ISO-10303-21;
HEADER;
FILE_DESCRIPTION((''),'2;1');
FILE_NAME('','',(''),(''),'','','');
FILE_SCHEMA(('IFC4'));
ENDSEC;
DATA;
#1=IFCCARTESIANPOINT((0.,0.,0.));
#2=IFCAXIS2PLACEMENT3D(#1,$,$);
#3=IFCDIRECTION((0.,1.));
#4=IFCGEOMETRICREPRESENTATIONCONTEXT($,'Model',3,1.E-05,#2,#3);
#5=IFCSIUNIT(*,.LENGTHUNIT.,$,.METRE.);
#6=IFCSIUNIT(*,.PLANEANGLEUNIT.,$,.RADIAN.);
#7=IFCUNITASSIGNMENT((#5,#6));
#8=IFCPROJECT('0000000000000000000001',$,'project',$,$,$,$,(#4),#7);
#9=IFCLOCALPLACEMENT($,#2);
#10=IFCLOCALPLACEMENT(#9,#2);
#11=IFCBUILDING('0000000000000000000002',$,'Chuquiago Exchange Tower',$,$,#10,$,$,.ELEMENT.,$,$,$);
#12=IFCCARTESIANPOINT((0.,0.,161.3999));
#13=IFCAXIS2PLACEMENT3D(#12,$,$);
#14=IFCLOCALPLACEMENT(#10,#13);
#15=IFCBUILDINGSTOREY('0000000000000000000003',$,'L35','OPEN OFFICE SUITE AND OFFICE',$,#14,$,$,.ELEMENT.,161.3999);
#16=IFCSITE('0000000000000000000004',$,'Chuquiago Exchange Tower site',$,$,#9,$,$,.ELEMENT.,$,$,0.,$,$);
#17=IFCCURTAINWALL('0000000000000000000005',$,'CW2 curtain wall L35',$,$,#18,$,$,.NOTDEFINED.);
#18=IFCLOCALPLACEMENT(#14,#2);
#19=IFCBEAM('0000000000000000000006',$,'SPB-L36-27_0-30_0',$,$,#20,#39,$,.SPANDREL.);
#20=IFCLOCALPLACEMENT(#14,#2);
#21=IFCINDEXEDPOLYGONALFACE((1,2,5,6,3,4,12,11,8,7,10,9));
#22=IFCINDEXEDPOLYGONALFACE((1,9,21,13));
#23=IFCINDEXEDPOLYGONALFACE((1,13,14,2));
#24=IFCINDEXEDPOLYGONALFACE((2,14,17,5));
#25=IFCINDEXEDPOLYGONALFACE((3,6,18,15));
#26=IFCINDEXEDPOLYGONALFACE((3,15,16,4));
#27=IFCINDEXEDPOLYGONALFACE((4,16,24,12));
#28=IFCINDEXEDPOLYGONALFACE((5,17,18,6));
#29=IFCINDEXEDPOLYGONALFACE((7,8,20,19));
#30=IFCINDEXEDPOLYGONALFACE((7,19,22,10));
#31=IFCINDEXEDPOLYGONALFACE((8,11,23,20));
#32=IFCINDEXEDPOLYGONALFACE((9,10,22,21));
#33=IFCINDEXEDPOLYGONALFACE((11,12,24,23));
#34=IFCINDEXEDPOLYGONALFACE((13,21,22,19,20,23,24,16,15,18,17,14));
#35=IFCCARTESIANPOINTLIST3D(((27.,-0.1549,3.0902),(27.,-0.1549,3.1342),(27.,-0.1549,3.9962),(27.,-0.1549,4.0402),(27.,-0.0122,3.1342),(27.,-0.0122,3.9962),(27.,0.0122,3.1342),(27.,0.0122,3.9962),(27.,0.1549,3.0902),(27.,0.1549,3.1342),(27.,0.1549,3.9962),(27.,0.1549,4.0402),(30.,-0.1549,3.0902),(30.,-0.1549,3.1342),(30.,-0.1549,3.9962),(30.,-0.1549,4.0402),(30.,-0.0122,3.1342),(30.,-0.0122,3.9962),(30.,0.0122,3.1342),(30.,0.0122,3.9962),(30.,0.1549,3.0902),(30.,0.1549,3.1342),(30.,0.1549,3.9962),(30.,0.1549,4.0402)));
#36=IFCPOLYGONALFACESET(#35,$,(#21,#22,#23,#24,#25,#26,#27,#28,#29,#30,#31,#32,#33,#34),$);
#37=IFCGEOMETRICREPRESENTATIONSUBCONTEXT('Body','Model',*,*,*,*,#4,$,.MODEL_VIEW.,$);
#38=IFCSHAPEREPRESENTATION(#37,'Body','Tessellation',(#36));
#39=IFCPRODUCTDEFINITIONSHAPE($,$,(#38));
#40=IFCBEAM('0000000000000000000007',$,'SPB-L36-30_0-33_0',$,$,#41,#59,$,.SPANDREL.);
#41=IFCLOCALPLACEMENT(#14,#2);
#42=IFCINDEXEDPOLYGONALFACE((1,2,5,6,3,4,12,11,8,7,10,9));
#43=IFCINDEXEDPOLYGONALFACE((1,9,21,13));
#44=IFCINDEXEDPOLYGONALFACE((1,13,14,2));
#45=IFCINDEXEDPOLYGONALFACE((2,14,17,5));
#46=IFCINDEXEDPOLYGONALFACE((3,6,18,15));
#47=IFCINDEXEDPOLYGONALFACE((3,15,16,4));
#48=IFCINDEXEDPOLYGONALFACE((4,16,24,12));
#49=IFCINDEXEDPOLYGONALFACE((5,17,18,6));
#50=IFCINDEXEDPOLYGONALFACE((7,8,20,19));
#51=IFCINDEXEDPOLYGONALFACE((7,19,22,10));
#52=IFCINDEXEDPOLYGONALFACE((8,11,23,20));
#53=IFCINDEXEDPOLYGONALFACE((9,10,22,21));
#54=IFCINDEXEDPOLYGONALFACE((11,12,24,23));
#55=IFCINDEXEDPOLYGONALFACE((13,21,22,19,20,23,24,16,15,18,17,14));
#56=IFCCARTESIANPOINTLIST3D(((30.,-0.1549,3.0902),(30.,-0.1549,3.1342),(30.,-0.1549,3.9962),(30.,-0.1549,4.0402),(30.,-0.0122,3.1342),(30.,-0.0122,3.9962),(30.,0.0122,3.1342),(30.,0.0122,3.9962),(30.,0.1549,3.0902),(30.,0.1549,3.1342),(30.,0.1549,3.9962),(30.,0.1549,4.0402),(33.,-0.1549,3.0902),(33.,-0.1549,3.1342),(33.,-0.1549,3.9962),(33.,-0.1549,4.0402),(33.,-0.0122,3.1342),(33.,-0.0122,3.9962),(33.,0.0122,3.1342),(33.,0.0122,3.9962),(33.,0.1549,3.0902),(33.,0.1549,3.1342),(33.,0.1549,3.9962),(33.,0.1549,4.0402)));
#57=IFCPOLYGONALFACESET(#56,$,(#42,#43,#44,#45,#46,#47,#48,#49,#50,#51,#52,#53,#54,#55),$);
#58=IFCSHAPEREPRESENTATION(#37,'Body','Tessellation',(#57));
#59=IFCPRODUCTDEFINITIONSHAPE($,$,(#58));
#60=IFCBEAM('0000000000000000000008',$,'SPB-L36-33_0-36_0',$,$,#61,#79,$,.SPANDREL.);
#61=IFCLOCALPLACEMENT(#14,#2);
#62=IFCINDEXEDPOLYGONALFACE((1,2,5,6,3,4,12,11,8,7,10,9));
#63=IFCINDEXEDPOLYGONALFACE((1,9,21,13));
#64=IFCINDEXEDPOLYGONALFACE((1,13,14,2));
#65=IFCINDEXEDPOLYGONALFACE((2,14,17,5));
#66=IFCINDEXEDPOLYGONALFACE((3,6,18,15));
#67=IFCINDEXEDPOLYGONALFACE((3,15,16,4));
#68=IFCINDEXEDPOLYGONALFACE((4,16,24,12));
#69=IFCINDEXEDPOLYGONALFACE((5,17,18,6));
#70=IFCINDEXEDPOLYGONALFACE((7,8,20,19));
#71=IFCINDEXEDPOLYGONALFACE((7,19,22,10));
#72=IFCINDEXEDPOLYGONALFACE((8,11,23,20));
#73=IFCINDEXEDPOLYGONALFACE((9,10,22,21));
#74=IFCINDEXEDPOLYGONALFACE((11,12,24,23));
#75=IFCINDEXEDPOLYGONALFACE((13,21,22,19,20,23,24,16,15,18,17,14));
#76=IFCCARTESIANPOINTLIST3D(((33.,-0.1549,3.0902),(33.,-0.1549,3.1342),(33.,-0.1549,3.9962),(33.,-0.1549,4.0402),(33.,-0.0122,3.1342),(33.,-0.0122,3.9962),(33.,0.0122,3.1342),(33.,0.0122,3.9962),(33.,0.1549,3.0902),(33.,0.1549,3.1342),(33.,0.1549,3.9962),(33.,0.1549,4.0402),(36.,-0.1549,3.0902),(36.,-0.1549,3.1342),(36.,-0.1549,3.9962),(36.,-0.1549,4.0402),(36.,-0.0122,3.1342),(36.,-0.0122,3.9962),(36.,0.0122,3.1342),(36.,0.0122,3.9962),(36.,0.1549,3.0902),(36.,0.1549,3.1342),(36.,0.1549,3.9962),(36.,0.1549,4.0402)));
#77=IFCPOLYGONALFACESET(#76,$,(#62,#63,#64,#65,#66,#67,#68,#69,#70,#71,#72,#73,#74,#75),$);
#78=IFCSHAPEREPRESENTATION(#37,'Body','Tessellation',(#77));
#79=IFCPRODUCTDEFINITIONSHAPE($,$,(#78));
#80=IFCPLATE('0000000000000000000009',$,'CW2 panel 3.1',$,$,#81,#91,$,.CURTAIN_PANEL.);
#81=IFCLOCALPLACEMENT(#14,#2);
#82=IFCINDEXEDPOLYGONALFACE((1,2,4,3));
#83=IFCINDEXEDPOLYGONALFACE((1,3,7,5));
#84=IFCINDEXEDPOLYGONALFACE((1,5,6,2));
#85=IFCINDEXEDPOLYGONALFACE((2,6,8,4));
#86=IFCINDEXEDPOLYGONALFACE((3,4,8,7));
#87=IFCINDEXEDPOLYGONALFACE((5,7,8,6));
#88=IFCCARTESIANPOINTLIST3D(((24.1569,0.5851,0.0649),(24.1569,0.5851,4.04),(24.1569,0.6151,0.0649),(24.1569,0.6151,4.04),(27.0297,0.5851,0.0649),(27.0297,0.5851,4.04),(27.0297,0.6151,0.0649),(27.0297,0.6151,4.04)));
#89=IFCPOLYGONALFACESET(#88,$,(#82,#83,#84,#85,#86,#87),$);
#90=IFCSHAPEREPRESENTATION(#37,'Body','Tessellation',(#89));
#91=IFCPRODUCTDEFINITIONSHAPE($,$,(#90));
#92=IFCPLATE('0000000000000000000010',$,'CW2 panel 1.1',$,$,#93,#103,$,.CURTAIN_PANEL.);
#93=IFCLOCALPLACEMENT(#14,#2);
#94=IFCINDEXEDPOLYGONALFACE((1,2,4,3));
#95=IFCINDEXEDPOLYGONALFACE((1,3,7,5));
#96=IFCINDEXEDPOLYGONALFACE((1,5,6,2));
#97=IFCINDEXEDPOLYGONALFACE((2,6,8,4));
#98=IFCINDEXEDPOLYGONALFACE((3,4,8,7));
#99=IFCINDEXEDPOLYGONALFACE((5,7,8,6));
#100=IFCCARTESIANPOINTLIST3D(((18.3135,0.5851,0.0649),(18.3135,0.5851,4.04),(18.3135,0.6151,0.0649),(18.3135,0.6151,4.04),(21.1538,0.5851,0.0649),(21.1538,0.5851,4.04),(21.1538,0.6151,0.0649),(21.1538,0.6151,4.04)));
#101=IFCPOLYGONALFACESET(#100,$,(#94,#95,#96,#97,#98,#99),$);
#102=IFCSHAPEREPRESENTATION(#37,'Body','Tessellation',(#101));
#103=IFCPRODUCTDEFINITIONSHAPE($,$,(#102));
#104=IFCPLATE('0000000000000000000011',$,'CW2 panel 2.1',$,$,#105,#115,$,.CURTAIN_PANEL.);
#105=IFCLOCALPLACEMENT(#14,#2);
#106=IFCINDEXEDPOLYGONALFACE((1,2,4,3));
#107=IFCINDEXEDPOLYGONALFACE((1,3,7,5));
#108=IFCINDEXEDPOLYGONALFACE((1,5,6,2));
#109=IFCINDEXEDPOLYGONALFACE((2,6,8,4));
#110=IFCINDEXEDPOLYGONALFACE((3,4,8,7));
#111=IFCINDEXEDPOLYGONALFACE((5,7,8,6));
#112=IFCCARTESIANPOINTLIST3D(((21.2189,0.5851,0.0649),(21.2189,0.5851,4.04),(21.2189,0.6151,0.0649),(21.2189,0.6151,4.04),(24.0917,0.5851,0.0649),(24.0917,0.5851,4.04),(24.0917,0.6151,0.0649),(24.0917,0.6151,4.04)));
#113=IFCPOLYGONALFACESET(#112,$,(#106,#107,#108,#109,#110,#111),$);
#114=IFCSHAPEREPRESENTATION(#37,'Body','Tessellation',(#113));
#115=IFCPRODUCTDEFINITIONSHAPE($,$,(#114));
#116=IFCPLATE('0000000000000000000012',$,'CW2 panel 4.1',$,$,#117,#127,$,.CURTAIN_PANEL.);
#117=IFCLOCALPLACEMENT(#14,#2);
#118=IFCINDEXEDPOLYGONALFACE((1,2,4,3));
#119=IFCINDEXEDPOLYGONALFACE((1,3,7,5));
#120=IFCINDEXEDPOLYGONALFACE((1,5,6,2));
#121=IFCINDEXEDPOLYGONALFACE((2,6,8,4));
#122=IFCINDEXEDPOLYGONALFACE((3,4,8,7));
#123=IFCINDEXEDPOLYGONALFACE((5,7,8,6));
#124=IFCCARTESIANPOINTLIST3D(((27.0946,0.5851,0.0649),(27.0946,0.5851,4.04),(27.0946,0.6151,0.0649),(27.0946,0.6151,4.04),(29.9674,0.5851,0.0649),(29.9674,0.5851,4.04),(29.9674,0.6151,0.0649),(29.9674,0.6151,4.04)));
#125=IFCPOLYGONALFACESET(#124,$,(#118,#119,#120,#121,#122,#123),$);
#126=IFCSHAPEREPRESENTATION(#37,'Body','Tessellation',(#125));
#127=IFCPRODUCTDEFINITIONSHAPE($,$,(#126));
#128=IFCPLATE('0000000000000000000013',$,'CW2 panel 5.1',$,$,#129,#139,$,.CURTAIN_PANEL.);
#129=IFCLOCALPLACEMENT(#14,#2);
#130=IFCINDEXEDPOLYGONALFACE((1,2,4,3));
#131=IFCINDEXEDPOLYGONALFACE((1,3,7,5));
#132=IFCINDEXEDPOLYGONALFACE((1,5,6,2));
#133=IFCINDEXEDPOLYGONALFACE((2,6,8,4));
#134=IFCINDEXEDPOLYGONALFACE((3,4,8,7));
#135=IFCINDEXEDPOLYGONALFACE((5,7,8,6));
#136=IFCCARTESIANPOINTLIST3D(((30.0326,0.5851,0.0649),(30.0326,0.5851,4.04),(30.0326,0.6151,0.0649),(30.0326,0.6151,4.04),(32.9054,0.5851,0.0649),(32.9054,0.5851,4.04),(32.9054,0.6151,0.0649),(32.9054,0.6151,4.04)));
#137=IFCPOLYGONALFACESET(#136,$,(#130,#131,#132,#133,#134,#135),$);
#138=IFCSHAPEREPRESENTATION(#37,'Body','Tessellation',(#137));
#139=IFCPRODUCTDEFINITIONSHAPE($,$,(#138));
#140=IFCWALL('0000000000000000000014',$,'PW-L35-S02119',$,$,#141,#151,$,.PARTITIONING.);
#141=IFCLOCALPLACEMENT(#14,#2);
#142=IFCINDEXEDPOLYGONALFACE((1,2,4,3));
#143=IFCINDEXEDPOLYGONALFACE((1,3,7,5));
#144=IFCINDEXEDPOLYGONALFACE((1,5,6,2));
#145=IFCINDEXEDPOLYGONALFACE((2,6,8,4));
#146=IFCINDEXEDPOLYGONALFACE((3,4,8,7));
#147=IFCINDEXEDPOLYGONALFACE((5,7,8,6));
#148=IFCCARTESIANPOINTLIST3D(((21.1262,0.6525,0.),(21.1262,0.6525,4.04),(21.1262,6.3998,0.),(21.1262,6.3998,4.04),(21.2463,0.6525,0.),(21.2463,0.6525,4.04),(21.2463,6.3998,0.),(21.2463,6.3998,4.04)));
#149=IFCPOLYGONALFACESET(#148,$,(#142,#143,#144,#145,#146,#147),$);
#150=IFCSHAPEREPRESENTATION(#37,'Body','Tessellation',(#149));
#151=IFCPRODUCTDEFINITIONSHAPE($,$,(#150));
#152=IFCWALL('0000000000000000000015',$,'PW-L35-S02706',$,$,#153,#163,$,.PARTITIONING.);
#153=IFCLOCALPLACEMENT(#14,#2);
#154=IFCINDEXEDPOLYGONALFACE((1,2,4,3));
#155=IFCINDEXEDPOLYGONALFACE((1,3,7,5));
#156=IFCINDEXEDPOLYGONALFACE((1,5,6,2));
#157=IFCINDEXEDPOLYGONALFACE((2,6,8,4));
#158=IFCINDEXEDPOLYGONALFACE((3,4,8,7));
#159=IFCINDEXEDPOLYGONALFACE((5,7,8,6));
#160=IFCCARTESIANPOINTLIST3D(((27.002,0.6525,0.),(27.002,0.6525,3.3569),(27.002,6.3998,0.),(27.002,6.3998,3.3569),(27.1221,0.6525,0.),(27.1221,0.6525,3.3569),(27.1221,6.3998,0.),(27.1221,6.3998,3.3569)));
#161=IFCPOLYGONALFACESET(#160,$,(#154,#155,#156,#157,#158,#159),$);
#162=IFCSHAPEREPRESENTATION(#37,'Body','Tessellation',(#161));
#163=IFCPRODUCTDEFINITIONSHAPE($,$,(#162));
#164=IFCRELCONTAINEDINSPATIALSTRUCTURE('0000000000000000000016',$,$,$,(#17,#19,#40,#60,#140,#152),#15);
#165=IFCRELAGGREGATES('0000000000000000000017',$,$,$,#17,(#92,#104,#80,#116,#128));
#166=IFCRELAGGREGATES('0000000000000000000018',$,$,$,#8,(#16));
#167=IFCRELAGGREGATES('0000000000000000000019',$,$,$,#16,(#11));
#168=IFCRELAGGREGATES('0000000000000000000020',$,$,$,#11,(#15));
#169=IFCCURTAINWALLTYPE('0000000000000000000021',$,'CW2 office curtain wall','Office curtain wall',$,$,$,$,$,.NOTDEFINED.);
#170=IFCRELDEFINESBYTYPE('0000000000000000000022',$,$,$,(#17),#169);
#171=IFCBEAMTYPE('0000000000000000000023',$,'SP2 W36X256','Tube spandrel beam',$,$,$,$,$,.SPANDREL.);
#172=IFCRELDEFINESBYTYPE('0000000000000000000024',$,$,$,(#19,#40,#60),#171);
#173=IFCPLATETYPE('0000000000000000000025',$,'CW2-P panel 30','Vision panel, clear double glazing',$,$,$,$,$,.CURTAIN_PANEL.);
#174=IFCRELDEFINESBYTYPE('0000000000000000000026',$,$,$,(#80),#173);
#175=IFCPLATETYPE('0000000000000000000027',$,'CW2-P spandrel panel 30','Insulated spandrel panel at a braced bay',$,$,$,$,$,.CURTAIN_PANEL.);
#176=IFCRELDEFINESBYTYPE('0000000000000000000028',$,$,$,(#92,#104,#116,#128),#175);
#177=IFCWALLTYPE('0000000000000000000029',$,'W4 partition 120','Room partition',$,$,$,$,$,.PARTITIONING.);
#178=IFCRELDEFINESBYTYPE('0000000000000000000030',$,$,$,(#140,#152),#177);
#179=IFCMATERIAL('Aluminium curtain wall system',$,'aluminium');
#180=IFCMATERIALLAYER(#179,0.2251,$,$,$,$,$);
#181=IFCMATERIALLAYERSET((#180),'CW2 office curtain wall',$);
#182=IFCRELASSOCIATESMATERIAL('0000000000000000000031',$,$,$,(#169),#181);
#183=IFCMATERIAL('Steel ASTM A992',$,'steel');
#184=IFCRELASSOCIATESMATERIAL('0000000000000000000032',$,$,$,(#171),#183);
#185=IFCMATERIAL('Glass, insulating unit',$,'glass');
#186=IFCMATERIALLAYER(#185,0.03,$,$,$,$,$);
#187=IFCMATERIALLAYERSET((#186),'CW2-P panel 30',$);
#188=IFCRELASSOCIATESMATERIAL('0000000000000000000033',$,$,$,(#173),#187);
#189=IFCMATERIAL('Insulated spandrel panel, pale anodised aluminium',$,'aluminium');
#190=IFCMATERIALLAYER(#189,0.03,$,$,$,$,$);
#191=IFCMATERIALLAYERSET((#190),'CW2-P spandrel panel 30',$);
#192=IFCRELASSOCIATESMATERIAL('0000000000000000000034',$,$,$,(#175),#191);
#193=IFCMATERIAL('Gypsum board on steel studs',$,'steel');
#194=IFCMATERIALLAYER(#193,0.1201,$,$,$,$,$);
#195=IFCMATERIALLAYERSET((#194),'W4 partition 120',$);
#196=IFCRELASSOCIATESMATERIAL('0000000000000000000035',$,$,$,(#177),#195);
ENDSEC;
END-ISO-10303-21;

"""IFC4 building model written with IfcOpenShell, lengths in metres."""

from ifc_helpers import new_model, si_unit, direction, frame, frame_2d, origin, origin_2d, place, context, subcontext, project, spatial, rectangle, i_section, extrude, material, layer, layer_set, material_profile, profile_set, type_object, element, aggregate, save


model = new_model("IFC4")

# Units and contexts
model_context = context("Model", 3, precision=1e-05, world=origin(), true_north=direction((0.0, 1.0)))
body_context = subcontext(model_context, "Body", "Model", "MODEL_VIEW")
ifc_project = project(units=[si_unit("LENGTHUNIT", "METRE"), si_unit("PLANEANGLEUNIT", "RADIAN")], contexts=[model_context])

# Site, building, storey
site_placement = place(None, origin())
site = spatial("IfcSite", under=ifc_project, at=site_placement, Name="Chuquiago Exchange Tower site", CompositionType="ELEMENT", RefElevation=0.0)
building_placement = place(site_placement, origin())
building = spatial("IfcBuilding", under=site, at=building_placement, Name="Chuquiago Exchange Tower", CompositionType="ELEMENT")
storey_placement = place(building_placement, frame((0.0, 0.0, 161.3999)))
storey = spatial("IfcBuildingStorey", under=building, at=storey_placement, Name="L35", Description="OPEN OFFICE SUITE AND OFFICE", CompositionType="ELEMENT", Elevation=161.3999)

# Curtain wall
ifc_material_1 = material(Name="Aluminium curtain wall system", Category="aluminium")
ifc_layer_1 = layer(ifc_material_1, 0.2251)
ifc_layer_set_1 = layer_set([ifc_layer_1], Name="CW2 office curtain wall")
curtain_wall_type_1 = type_object("IfcCurtainWallType", Name="CW2 office curtain wall", Description="Office curtain wall", PredefinedType="NOTDEFINED", material=ifc_layer_set_1)
curtain_wall_1_placement = place(storey_placement, origin())
curtain_wall_1 = element("IfcCurtainWall", 1, at=curtain_wall_1_placement, inside=storey, type_object=curtain_wall_type_1, Name="CW2 curtain wall L35", PredefinedType="NOTDEFINED")

# Beams
ifc_material_2 = material(Name="Steel ASTM A992", Category="steel")
ifc_material_profile_1 = material_profile(ifc_material_2, i_section(OverallWidth=0.3098, OverallDepth=0.95, WebThickness=0.0244, FlangeThickness=0.0439, at=origin_2d()), Name="W36X256")
ifc_profile_set_1 = profile_set([ifc_material_profile_1], Name="Steel ASTM A992")
beam_type = type_object("IfcBeamType", Name="SP2 W36X256", Description="Tube spandrel beam", PredefinedType="SPANDREL", material=ifc_profile_set_1)
for number, where, z_axis, x_axis, name in (
    (2, (27.0, 0.0, 3.5652), (1.0, 0.0, 0.0), (0.0, 1.0, 0.0), "SPB-L36-27_0-30_0"),
    (3, (30.0, 0.0, 3.5652), (1.0, 0.0, 0.0), (0.0, 1.0, 0.0), "SPB-L36-30_0-33_0"),
    (4, (33.0, 0.0, 3.5652), (1.0, 0.0, 0.0), (0.0, 1.0, 0.0), "SPB-L36-33_0-36_0"),
):
    element("IfcBeam", number, at=place(storey_placement, frame(where, z_axis=z_axis, x_axis=x_axis)), inside=storey, type_object=beam_type, Name=name, PredefinedType="SPANDREL", context=body_context, shape_type="SweptSolid", body=[
        extrude(i_section(OverallWidth=0.3098, OverallDepth=0.95, WebThickness=0.0244, FlangeThickness=0.0439, at=origin_2d()), origin(), (0.0, 0.0, 1.0), 3.0),
    ])

# Plates
ifc_material_3 = material(Name="Glass, insulating unit", Category="glass")
ifc_layer_2 = layer(ifc_material_3, 0.03)
ifc_layer_set_2 = layer_set([ifc_layer_2], Name="CW2-P panel 30")
plate_type_1 = type_object("IfcPlateType", Name="CW2-P panel 30", Description="Vision panel, clear double glazing", PredefinedType="CURTAIN_PANEL", material=ifc_layer_set_2)
plate_1_placement = place(storey_placement, frame((25.5933, 0.6001, 0.0649), z_axis=(0.0, 0.0, 1.0), x_axis=(1.0, 0.0, 0.0)))
plate_1 = element("IfcPlate", 5, at=plate_1_placement, type_object=plate_type_1, Name="CW2 panel 3.1", PredefinedType="CURTAIN_PANEL", context=body_context, shape_type="SweptSolid", body=[
    extrude(rectangle(XDim=2.8728, YDim=0.03, at=origin_2d()), origin(), (0.0, 0.0, 1.0), 3.9751),
])
ifc_material_4 = material(Name="Insulated spandrel panel, pale anodised aluminium", Category="aluminium")
ifc_layer_3 = layer(ifc_material_4, 0.03)
ifc_layer_set_3 = layer_set([ifc_layer_3], Name="CW2-P spandrel panel 30")
plate_type_2 = type_object("IfcPlateType", Name="CW2-P spandrel panel 30", Description="Insulated spandrel panel at a braced bay", PredefinedType="CURTAIN_PANEL", material=ifc_layer_set_3)
plate_2_placement = place(storey_placement, frame((19.7336, 0.6001, 0.0649), z_axis=(0.0, 0.0, 1.0), x_axis=(1.0, 0.0, 0.0)))
plate_2 = element("IfcPlate", 6, at=plate_2_placement, type_object=plate_type_2, Name="CW2 panel 1.1", PredefinedType="CURTAIN_PANEL", context=body_context, shape_type="SweptSolid", body=[
    extrude(rectangle(XDim=2.8403, YDim=0.03, at=origin_2d()), origin(), (0.0, 0.0, 1.0), 3.9751),
])
plate_3_placement = place(storey_placement, frame((22.6553, 0.6001, 0.0649), z_axis=(0.0, 0.0, 1.0), x_axis=(1.0, 0.0, 0.0)))
plate_3 = element("IfcPlate", 7, at=plate_3_placement, type_object=plate_type_2, Name="CW2 panel 2.1", PredefinedType="CURTAIN_PANEL", context=body_context, shape_type="SweptSolid", body=[
    extrude(rectangle(XDim=2.8728, YDim=0.03, at=origin_2d()), origin(), (0.0, 0.0, 1.0), 3.9751),
])
plate_4_placement = place(storey_placement, frame((28.531, 0.6001, 0.0649), z_axis=(0.0, 0.0, 1.0), x_axis=(1.0, 0.0, 0.0)))
plate_4 = element("IfcPlate", 8, at=plate_4_placement, type_object=plate_type_2, Name="CW2 panel 4.1", PredefinedType="CURTAIN_PANEL", context=body_context, shape_type="SweptSolid", body=[
    extrude(rectangle(XDim=2.8728, YDim=0.03, at=origin_2d()), origin(), (0.0, 0.0, 1.0), 3.9751),
])
plate_5_placement = place(storey_placement, frame((31.469, 0.6001, 0.0649), z_axis=(0.0, 0.0, 1.0), x_axis=(1.0, 0.0, 0.0)))
plate_5 = element("IfcPlate", 9, at=plate_5_placement, type_object=plate_type_2, Name="CW2 panel 5.1", PredefinedType="CURTAIN_PANEL", context=body_context, shape_type="SweptSolid", body=[
    extrude(rectangle(XDim=2.8728, YDim=0.03, at=origin_2d()), origin(), (0.0, 0.0, 1.0), 3.9751),
])
aggregate(curtain_wall_1, [plate_2, plate_3, plate_1, plate_4, plate_5])

# Walls
ifc_material_5 = material(Name="Gypsum board on steel studs", Category="steel")
ifc_layer_4 = layer(ifc_material_5, 0.1201)
ifc_layer_set_4 = layer_set([ifc_layer_4], Name="W4 partition 120")
wall_type = type_object("IfcWallType", Name="W4 partition 120", Description="Room partition", PredefinedType="PARTITIONING", material=ifc_layer_set_4)
wall_1_placement = place(storey_placement, frame((21.1863, 0.6526, 0.0), z_axis=(0.0, 0.0, 1.0), x_axis=(0.0, 1.0, 0.0)))
element("IfcWall", 10, at=wall_1_placement, inside=storey, type_object=wall_type, Name="PW-L35-S02119", PredefinedType="PARTITIONING", context=body_context, shape_type="SweptSolid", body=[
    extrude(rectangle(XDim=5.7473, YDim=0.1201, at=frame_2d((2.8735, 0.0))), origin(), (0.0, 0.0, 1.0), 4.04),
])
wall_2_placement = place(storey_placement, frame((27.062, 0.6526, 0.0), z_axis=(0.0, 0.0, 1.0), x_axis=(0.0, 1.0, 0.0)))
element("IfcWall", 11, at=wall_2_placement, inside=storey, type_object=wall_type, Name="PW-L35-S02706", PredefinedType="PARTITIONING", context=body_context, shape_type="SweptSolid", body=[
    extrude(rectangle(XDim=5.7473, YDim=0.1201, at=frame_2d((2.8735, 0.0))), origin(), (0.0, 0.0, 1.0), 3.3569),
])

save(model, "model.ifc")
